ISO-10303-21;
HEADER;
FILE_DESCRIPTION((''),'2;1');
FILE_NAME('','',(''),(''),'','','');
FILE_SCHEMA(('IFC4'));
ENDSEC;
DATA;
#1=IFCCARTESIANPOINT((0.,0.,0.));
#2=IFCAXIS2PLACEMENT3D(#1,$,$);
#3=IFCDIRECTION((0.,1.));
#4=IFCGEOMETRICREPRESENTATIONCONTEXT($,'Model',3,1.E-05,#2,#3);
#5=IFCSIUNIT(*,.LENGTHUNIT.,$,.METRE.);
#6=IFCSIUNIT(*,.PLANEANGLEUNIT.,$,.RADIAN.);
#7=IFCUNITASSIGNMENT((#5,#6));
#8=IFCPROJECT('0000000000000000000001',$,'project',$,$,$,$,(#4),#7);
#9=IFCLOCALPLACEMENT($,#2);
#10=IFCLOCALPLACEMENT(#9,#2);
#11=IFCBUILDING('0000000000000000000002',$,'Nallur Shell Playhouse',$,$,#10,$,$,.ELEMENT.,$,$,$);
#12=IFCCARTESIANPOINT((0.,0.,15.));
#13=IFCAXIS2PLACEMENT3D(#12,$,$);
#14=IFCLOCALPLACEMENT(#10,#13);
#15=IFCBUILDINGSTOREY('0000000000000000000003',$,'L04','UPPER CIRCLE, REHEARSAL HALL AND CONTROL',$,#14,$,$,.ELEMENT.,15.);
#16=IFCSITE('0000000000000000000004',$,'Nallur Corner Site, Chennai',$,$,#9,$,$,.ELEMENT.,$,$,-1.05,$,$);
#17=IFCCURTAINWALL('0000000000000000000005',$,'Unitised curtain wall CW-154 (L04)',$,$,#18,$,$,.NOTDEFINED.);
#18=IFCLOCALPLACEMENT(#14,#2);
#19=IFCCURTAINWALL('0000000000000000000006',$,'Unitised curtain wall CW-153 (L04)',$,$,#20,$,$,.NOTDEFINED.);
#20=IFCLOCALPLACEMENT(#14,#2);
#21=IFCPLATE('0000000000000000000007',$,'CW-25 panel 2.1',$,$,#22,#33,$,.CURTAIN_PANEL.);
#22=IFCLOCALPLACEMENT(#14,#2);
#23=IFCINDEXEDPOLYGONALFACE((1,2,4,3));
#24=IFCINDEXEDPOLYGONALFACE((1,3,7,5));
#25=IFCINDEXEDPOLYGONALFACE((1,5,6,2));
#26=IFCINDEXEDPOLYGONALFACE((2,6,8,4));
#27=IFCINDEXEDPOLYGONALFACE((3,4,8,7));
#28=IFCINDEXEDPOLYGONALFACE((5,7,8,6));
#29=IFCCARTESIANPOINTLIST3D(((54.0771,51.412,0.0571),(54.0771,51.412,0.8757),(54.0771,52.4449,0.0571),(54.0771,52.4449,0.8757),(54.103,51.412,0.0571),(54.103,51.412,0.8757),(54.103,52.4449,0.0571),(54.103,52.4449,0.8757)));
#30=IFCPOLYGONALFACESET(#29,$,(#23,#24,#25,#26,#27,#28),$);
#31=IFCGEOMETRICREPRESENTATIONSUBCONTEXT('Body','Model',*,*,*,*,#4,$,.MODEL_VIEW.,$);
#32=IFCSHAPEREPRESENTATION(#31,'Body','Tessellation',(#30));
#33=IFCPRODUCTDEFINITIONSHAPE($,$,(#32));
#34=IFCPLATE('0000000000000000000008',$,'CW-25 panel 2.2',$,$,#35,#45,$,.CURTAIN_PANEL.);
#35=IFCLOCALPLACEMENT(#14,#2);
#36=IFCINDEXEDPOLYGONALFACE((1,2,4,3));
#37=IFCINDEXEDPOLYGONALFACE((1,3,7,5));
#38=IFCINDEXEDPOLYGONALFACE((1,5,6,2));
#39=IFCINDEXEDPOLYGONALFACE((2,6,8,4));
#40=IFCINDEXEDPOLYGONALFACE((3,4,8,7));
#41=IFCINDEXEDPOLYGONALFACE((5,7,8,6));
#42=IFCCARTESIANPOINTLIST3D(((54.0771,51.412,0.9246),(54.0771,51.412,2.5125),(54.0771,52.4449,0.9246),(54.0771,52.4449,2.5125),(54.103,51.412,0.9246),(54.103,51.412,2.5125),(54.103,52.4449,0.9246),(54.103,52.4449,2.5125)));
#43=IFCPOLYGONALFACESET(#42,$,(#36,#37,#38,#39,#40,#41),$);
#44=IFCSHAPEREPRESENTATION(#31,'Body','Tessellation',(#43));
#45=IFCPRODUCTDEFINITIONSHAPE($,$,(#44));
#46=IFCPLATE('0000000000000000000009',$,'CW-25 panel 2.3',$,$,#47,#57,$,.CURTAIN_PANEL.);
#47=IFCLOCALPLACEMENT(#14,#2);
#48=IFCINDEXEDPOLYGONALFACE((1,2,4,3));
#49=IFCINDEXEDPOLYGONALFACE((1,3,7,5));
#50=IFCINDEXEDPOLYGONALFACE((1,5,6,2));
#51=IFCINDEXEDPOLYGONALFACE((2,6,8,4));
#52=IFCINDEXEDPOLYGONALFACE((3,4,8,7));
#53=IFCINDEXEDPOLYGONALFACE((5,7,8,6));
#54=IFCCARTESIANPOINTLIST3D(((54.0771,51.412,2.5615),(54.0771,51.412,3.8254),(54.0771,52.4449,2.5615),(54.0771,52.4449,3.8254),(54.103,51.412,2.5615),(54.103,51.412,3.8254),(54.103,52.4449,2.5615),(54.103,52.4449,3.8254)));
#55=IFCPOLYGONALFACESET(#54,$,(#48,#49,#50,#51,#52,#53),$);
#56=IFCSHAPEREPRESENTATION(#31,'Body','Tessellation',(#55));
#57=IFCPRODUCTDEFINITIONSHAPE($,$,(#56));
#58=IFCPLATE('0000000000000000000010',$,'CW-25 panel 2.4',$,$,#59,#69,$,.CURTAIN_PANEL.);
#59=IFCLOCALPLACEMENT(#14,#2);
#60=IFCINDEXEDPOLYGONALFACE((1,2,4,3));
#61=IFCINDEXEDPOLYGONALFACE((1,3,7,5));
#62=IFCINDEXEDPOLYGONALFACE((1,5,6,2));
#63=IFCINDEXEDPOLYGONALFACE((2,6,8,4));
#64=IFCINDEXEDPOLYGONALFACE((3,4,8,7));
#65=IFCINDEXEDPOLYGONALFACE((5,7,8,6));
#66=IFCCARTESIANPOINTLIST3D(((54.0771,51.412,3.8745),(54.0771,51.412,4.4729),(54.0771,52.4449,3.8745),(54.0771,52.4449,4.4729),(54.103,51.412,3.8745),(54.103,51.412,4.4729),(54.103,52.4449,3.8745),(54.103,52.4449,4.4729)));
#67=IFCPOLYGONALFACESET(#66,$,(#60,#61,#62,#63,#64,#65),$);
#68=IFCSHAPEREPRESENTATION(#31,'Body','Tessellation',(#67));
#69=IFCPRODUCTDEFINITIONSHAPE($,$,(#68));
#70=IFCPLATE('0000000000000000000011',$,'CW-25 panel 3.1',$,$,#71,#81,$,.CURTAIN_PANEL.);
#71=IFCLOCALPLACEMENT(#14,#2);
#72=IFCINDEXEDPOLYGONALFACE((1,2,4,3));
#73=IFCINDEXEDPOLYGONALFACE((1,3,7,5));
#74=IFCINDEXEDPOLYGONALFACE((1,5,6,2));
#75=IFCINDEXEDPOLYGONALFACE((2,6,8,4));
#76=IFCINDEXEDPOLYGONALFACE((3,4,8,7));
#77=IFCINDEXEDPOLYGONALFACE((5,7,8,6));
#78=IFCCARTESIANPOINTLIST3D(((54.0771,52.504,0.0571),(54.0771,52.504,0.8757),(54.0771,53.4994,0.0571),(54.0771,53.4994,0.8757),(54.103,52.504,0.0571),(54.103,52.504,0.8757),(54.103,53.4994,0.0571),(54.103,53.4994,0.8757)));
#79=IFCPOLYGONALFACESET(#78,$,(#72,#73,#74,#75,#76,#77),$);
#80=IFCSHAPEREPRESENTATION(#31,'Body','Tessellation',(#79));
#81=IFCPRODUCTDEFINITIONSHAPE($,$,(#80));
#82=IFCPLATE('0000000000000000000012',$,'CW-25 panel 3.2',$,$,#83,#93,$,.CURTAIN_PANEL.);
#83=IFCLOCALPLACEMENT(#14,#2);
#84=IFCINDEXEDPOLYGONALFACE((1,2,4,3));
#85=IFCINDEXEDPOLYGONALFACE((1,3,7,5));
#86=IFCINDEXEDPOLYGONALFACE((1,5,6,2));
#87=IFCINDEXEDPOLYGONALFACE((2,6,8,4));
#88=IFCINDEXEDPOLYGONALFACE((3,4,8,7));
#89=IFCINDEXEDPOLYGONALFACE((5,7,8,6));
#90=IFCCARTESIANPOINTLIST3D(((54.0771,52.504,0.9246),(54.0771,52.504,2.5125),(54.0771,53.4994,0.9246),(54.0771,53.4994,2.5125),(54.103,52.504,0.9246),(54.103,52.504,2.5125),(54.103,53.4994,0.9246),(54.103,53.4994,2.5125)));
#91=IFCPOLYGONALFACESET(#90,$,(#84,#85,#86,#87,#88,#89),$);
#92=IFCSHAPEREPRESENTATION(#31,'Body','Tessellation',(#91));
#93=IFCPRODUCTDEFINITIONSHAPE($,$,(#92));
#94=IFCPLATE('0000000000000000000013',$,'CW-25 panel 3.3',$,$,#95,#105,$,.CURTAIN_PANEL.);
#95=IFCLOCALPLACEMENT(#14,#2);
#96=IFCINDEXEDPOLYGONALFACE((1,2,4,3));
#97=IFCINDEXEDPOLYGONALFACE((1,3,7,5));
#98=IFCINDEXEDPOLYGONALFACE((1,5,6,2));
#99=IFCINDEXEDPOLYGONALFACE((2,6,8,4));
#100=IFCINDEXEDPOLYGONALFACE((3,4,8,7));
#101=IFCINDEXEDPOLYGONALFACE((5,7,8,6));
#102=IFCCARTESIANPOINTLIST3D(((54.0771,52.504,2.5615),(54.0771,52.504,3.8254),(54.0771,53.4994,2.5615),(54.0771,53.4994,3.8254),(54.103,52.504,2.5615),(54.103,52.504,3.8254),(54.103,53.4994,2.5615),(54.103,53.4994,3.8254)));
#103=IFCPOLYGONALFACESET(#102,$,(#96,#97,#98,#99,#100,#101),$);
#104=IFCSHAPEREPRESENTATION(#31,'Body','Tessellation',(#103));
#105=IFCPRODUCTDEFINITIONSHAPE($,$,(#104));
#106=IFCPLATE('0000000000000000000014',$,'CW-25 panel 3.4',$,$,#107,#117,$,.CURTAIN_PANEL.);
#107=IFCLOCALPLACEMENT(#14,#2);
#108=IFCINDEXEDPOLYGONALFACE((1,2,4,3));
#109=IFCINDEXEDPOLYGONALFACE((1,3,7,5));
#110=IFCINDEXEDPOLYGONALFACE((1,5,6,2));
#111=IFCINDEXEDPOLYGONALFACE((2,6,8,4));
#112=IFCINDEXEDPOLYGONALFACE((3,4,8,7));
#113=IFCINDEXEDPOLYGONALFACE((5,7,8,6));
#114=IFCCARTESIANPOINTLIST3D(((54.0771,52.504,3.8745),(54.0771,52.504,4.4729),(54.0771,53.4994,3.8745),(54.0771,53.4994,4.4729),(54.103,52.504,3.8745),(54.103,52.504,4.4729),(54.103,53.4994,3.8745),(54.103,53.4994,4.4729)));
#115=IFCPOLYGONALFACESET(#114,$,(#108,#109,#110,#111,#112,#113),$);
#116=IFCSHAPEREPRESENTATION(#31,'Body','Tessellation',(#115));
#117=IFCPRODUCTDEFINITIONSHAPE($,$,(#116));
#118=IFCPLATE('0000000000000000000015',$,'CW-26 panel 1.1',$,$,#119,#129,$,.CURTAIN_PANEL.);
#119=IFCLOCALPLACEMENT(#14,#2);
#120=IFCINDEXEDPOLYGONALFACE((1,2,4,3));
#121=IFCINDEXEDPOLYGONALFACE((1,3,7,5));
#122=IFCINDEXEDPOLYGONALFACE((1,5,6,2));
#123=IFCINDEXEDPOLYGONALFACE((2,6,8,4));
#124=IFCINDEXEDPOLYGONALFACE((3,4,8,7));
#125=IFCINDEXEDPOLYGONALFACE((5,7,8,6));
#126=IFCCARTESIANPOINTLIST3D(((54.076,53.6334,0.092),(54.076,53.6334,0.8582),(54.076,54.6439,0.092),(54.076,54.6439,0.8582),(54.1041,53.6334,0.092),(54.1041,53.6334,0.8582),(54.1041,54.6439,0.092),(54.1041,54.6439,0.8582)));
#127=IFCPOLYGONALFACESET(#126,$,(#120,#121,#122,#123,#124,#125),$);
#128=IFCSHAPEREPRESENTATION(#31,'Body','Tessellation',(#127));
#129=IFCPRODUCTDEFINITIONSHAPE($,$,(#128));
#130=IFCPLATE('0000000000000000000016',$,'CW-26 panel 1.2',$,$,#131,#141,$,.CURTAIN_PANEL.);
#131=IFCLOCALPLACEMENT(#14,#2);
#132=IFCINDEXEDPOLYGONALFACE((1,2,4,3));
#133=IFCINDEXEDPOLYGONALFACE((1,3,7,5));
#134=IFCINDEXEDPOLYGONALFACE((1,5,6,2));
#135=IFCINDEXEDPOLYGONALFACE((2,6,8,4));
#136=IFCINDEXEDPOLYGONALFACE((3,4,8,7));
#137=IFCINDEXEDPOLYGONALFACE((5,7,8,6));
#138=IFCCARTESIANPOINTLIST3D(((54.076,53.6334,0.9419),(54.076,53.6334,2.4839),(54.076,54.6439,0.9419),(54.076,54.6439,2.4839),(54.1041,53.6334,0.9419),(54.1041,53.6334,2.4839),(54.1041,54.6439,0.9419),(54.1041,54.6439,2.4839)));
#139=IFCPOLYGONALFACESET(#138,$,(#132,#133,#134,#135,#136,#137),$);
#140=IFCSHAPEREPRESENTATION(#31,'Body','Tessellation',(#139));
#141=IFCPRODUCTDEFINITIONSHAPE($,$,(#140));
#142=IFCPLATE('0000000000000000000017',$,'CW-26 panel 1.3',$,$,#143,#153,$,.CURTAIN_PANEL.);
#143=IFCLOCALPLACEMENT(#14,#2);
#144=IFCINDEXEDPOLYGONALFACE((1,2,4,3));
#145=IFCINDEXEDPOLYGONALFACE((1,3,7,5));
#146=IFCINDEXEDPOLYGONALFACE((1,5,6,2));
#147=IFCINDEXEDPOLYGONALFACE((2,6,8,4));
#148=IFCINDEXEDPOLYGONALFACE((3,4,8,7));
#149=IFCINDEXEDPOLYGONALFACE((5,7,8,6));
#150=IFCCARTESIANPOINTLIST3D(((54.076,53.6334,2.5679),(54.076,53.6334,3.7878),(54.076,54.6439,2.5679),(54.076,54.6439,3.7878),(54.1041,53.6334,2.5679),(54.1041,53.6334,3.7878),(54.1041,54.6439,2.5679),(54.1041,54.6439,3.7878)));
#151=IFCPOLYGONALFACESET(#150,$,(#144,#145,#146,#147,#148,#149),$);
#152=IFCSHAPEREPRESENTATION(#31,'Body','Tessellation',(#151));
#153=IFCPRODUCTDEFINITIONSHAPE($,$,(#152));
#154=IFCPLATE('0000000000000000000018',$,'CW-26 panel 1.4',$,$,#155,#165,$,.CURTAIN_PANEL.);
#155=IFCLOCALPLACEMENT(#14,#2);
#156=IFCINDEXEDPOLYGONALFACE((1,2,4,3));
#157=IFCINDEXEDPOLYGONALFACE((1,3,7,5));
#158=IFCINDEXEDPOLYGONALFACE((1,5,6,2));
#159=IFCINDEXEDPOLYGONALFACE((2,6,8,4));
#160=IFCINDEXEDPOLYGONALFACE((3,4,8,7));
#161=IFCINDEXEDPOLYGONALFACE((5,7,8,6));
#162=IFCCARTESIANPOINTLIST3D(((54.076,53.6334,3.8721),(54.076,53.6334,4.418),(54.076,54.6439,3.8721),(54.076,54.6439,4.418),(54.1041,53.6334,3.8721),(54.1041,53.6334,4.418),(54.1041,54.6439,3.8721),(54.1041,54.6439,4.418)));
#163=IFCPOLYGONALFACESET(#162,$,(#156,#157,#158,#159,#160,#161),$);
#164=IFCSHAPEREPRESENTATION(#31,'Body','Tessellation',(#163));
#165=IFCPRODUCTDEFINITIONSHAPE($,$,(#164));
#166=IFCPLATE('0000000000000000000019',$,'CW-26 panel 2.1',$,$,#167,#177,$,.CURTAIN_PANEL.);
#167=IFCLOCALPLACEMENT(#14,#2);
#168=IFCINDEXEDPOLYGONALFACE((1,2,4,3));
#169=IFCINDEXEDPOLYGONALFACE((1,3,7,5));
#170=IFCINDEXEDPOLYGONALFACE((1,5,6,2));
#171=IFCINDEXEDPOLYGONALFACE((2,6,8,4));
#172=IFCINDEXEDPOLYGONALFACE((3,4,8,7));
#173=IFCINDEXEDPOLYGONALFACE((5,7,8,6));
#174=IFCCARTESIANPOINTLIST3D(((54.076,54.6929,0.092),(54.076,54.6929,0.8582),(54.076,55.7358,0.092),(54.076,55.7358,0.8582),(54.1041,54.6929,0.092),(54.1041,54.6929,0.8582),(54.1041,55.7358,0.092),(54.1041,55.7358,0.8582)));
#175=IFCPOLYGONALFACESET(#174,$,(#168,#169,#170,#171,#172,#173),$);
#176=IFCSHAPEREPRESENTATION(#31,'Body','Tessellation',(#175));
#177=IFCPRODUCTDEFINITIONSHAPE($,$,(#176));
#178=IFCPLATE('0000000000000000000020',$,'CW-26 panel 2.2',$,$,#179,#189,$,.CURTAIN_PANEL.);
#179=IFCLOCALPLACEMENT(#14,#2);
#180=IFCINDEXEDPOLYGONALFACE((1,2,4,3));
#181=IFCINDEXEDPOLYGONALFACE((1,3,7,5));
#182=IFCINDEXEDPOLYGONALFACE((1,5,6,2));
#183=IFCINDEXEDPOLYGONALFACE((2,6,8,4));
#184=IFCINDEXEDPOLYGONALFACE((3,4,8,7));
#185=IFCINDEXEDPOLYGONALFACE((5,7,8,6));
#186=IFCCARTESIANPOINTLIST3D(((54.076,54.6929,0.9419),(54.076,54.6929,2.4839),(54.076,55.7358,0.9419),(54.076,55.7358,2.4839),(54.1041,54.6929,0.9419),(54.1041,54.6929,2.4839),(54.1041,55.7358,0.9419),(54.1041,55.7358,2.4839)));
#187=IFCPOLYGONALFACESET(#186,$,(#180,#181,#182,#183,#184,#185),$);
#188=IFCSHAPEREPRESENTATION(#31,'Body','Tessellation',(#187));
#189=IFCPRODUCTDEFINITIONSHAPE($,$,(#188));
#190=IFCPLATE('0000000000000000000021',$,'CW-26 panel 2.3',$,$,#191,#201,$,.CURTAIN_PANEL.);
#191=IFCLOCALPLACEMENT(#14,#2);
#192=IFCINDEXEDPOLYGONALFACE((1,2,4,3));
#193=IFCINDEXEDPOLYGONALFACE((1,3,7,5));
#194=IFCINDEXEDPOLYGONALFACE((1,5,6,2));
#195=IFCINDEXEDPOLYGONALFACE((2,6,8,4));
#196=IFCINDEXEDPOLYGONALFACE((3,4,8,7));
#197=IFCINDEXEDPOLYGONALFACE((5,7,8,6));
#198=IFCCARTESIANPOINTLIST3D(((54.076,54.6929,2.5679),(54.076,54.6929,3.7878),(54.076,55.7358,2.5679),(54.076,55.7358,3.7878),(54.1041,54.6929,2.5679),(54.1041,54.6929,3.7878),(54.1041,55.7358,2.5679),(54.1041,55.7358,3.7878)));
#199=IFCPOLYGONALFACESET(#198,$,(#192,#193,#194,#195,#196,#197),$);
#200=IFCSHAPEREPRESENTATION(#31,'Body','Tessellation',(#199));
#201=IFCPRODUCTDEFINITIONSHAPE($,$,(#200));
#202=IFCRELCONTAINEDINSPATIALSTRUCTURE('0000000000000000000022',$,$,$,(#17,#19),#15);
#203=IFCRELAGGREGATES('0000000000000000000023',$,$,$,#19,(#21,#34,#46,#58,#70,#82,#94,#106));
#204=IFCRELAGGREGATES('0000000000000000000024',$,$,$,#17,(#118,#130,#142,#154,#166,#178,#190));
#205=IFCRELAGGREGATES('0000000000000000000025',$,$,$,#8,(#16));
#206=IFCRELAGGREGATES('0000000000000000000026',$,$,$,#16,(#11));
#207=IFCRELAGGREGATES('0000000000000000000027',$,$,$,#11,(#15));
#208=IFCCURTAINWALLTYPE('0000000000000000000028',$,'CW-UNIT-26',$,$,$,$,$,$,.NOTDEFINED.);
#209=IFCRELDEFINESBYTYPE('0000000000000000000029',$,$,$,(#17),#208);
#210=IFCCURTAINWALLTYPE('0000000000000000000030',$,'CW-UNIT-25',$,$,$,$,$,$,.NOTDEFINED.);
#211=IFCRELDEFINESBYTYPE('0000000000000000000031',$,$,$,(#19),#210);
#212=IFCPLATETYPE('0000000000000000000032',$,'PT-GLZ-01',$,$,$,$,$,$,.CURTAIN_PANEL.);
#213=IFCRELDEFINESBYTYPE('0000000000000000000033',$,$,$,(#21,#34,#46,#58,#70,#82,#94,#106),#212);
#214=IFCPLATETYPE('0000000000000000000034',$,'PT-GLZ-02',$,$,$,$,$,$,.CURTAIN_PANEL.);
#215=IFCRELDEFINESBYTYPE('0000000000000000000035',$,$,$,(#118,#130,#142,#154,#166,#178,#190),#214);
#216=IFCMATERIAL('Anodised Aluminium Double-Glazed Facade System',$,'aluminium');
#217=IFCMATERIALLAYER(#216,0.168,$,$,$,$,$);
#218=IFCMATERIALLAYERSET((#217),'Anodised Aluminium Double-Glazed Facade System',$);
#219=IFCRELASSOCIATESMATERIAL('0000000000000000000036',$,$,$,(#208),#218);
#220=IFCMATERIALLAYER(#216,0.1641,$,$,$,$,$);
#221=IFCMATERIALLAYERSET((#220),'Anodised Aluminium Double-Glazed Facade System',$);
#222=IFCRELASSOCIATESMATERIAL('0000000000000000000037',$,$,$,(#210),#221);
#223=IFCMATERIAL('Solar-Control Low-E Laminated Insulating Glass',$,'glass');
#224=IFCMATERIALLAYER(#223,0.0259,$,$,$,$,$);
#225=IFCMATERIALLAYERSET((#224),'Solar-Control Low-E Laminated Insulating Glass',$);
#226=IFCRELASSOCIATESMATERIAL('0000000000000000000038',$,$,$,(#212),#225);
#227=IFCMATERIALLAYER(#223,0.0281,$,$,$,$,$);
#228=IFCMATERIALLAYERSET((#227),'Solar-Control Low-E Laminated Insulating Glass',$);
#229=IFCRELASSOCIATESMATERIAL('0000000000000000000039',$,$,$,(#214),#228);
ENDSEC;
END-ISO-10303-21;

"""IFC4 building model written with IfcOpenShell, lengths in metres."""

from ifc_helpers import new_model, si_unit, direction, frame, origin, origin_2d, place, context, subcontext, project, spatial, rectangle, extrude, material, layer, layer_set, type_object, element, aggregate, save


model = new_model("IFC4")

# Units and contexts
model_context = context("Model", 3, precision=1e-05, world=origin(), true_north=direction((0.0, 1.0)))
body_context = subcontext(model_context, "Body", "Model", "MODEL_VIEW")
ifc_project = project(units=[si_unit("LENGTHUNIT", "METRE"), si_unit("PLANEANGLEUNIT", "RADIAN")], contexts=[model_context])

# Site, building, storey
site_placement = place(None, origin())
site = spatial("IfcSite", under=ifc_project, at=site_placement, Name="Nallur Corner Site, Chennai", CompositionType="ELEMENT", RefElevation=-1.05)
building_placement = place(site_placement, origin())
building = spatial("IfcBuilding", under=site, at=building_placement, Name="Nallur Shell Playhouse", CompositionType="ELEMENT")
storey_placement = place(building_placement, frame((0.0, 0.0, 15.0)))
storey = spatial("IfcBuildingStorey", under=building, at=storey_placement, Name="L04", Description="UPPER CIRCLE, REHEARSAL HALL AND CONTROL", CompositionType="ELEMENT", Elevation=15.0)

# Curtain walls
ifc_material_1 = material(Name="Anodised Aluminium Double-Glazed Facade System", Category="aluminium")
ifc_layer_1 = layer(ifc_material_1, 0.168)
ifc_layer_set_1 = layer_set([ifc_layer_1], Name="Anodised Aluminium Double-Glazed Facade System")
curtain_wall_type_1 = type_object("IfcCurtainWallType", Name="CW-UNIT-26", PredefinedType="NOTDEFINED", material=ifc_layer_set_1)
curtain_wall_1_placement = place(storey_placement, origin())
curtain_wall_1 = element("IfcCurtainWall", 1, at=curtain_wall_1_placement, inside=storey, type_object=curtain_wall_type_1, Name="Unitised curtain wall CW-154 (L04)", PredefinedType="NOTDEFINED")
ifc_layer_2 = layer(ifc_material_1, 0.1641)
ifc_layer_set_2 = layer_set([ifc_layer_2], Name="Anodised Aluminium Double-Glazed Facade System")
curtain_wall_type_2 = type_object("IfcCurtainWallType", Name="CW-UNIT-25", PredefinedType="NOTDEFINED", material=ifc_layer_set_2)
curtain_wall_2_placement = place(storey_placement, origin())
curtain_wall_2 = element("IfcCurtainWall", 2, at=curtain_wall_2_placement, inside=storey, type_object=curtain_wall_type_2, Name="Unitised curtain wall CW-153 (L04)", PredefinedType="NOTDEFINED")

# Plates
ifc_material_2 = material(Name="Solar-Control Low-E Laminated Insulating Glass", Category="glass")
ifc_layer_3 = layer(ifc_material_2, 0.0259)
ifc_layer_set_3 = layer_set([ifc_layer_3], Name="Solar-Control Low-E Laminated Insulating Glass")
plate_type_1 = type_object("IfcPlateType", Name="PT-GLZ-01", PredefinedType="CURTAIN_PANEL", material=ifc_layer_set_3)
plate_1_placement = place(storey_placement, frame((54.0901, 51.9285, 0.0571), z_axis=(0.0, 0.0, 1.0), x_axis=(0.0, 1.0, 0.0)))
plate_1 = element("IfcPlate", 3, at=plate_1_placement, type_object=plate_type_1, Name="CW-25 panel 2.1", PredefinedType="CURTAIN_PANEL", context=body_context, shape_type="SweptSolid", body=[
    extrude(rectangle(XDim=1.033, YDim=0.0259, at=origin_2d()), origin(), (0.0, 0.0, 1.0), 0.8186),
])
plate_2_placement = place(storey_placement, frame((54.0901, 51.9285, 0.9246), z_axis=(0.0, 0.0, 1.0), x_axis=(0.0, 1.0, 0.0)))
plate_2 = element("IfcPlate", 4, at=plate_2_placement, type_object=plate_type_1, Name="CW-25 panel 2.2", PredefinedType="CURTAIN_PANEL", context=body_context, shape_type="SweptSolid", body=[
    extrude(rectangle(XDim=1.033, YDim=0.0259, at=origin_2d()), origin(), (0.0, 0.0, 1.0), 1.5879),
])
plate_3_placement = place(storey_placement, frame((54.0901, 51.9285, 2.5615), z_axis=(0.0, 0.0, 1.0), x_axis=(0.0, 1.0, 0.0)))
plate_3 = element("IfcPlate", 5, at=plate_3_placement, type_object=plate_type_1, Name="CW-25 panel 2.3", PredefinedType="CURTAIN_PANEL", context=body_context, shape_type="SweptSolid", body=[
    extrude(rectangle(XDim=1.033, YDim=0.0259, at=origin_2d()), origin(), (0.0, 0.0, 1.0), 1.2639),
])
plate_4_placement = place(storey_placement, frame((54.0901, 51.9285, 3.8745), z_axis=(0.0, 0.0, 1.0), x_axis=(0.0, 1.0, 0.0)))
plate_4 = element("IfcPlate", 6, at=plate_4_placement, type_object=plate_type_1, Name="CW-25 panel 2.4", PredefinedType="CURTAIN_PANEL", context=body_context, shape_type="SweptSolid", body=[
    extrude(rectangle(XDim=1.033, YDim=0.0259, at=origin_2d()), origin(), (0.0, 0.0, 1.0), 0.5984),
])
plate_5_placement = place(storey_placement, frame((54.0901, 53.0017, 0.0571), z_axis=(0.0, 0.0, 1.0), x_axis=(0.0, 1.0, 0.0)))
plate_5 = element("IfcPlate", 7, at=plate_5_placement, type_object=plate_type_1, Name="CW-25 panel 3.1", PredefinedType="CURTAIN_PANEL", context=body_context, shape_type="SweptSolid", body=[
    extrude(rectangle(XDim=0.9954, YDim=0.0259, at=origin_2d()), origin(), (0.0, 0.0, 1.0), 0.8186),
])
plate_6_placement = place(storey_placement, frame((54.0901, 53.0017, 0.9246), z_axis=(0.0, 0.0, 1.0), x_axis=(0.0, 1.0, 0.0)))
plate_6 = element("IfcPlate", 8, at=plate_6_placement, type_object=plate_type_1, Name="CW-25 panel 3.2", PredefinedType="CURTAIN_PANEL", context=body_context, shape_type="SweptSolid", body=[
    extrude(rectangle(XDim=0.9954, YDim=0.0259, at=origin_2d()), origin(), (0.0, 0.0, 1.0), 1.5879),
])
plate_7_placement = place(storey_placement, frame((54.0901, 53.0017, 2.5615), z_axis=(0.0, 0.0, 1.0), x_axis=(0.0, 1.0, 0.0)))
plate_7 = element("IfcPlate", 9, at=plate_7_placement, type_object=plate_type_1, Name="CW-25 panel 3.3", PredefinedType="CURTAIN_PANEL", context=body_context, shape_type="SweptSolid", body=[
    extrude(rectangle(XDim=0.9954, YDim=0.0259, at=origin_2d()), origin(), (0.0, 0.0, 1.0), 1.2639),
])
plate_8_placement = place(storey_placement, frame((54.0901, 53.0017, 3.8745), z_axis=(0.0, 0.0, 1.0), x_axis=(0.0, 1.0, 0.0)))
plate_8 = element("IfcPlate", 10, at=plate_8_placement, type_object=plate_type_1, Name="CW-25 panel 3.4", PredefinedType="CURTAIN_PANEL", context=body_context, shape_type="SweptSolid", body=[
    extrude(rectangle(XDim=0.9954, YDim=0.0259, at=origin_2d()), origin(), (0.0, 0.0, 1.0), 0.5984),
])
aggregate(curtain_wall_2, [plate_1, plate_2, plate_3, plate_4, plate_5, plate_6, plate_7, plate_8])
ifc_layer_4 = layer(ifc_material_2, 0.0281)
ifc_layer_set_4 = layer_set([ifc_layer_4], Name="Solar-Control Low-E Laminated Insulating Glass")
plate_type_2 = type_object("IfcPlateType", Name="PT-GLZ-02", PredefinedType="CURTAIN_PANEL", material=ifc_layer_set_4)
plate_9_placement = place(storey_placement, frame((54.0901, 54.1387, 0.092), z_axis=(0.0, 0.0, 1.0), x_axis=(0.0, 1.0, 0.0)))
plate_9 = element("IfcPlate", 11, at=plate_9_placement, type_object=plate_type_2, Name="CW-26 panel 1.1", PredefinedType="CURTAIN_PANEL", context=body_context, shape_type="SweptSolid", body=[
    extrude(rectangle(XDim=1.0105, YDim=0.0281, at=origin_2d()), origin(), (0.0, 0.0, 1.0), 0.7661),
])
plate_10_placement = place(storey_placement, frame((54.0901, 54.1387, 0.9419), z_axis=(0.0, 0.0, 1.0), x_axis=(0.0, 1.0, 0.0)))
plate_10 = element("IfcPlate", 12, at=plate_10_placement, type_object=plate_type_2, Name="CW-26 panel 1.2", PredefinedType="CURTAIN_PANEL", context=body_context, shape_type="SweptSolid", body=[
    extrude(rectangle(XDim=1.0105, YDim=0.0281, at=origin_2d()), origin(), (0.0, 0.0, 1.0), 1.542),
])
plate_11_placement = place(storey_placement, frame((54.0901, 54.1387, 2.5679), z_axis=(0.0, 0.0, 1.0), x_axis=(0.0, 1.0, 0.0)))
plate_11 = element("IfcPlate", 13, at=plate_11_placement, type_object=plate_type_2, Name="CW-26 panel 1.3", PredefinedType="CURTAIN_PANEL", context=body_context, shape_type="SweptSolid", body=[
    extrude(rectangle(XDim=1.0105, YDim=0.0281, at=origin_2d()), origin(), (0.0, 0.0, 1.0), 1.22),
])
plate_12_placement = place(storey_placement, frame((54.0901, 54.1387, 3.8721), z_axis=(0.0, 0.0, 1.0), x_axis=(0.0, 1.0, 0.0)))
plate_12 = element("IfcPlate", 14, at=plate_12_placement, type_object=plate_type_2, Name="CW-26 panel 1.4", PredefinedType="CURTAIN_PANEL", context=body_context, shape_type="SweptSolid", body=[
    extrude(rectangle(XDim=1.0105, YDim=0.0281, at=origin_2d()), origin(), (0.0, 0.0, 1.0), 0.5459),
])
plate_13_placement = place(storey_placement, frame((54.0901, 55.2144, 0.092), z_axis=(0.0, 0.0, 1.0), x_axis=(0.0, 1.0, 0.0)))
plate_13 = element("IfcPlate", 15, at=plate_13_placement, type_object=plate_type_2, Name="CW-26 panel 2.1", PredefinedType="CURTAIN_PANEL", context=body_context, shape_type="SweptSolid", body=[
    extrude(rectangle(XDim=1.043, YDim=0.0281, at=origin_2d()), origin(), (0.0, 0.0, 1.0), 0.7661),
])
plate_14_placement = place(storey_placement, frame((54.0901, 55.2144, 0.9419), z_axis=(0.0, 0.0, 1.0), x_axis=(0.0, 1.0, 0.0)))
plate_14 = element("IfcPlate", 16, at=plate_14_placement, type_object=plate_type_2, Name="CW-26 panel 2.2", PredefinedType="CURTAIN_PANEL", context=body_context, shape_type="SweptSolid", body=[
    extrude(rectangle(XDim=1.043, YDim=0.0281, at=origin_2d()), origin(), (0.0, 0.0, 1.0), 1.542),
])
plate_15_placement = place(storey_placement, frame((54.0901, 55.2144, 2.5679), z_axis=(0.0, 0.0, 1.0), x_axis=(0.0, 1.0, 0.0)))
plate_15 = element("IfcPlate", 17, at=plate_15_placement, type_object=plate_type_2, Name="CW-26 panel 2.3", PredefinedType="CURTAIN_PANEL", context=body_context, shape_type="SweptSolid", body=[
    extrude(rectangle(XDim=1.043, YDim=0.0281, at=origin_2d()), origin(), (0.0, 0.0, 1.0), 1.22),
])
aggregate(curtain_wall_1, [plate_9, plate_10, plate_11, plate_12, plate_13, plate_14, plate_15])

save(model, "model.ifc")
